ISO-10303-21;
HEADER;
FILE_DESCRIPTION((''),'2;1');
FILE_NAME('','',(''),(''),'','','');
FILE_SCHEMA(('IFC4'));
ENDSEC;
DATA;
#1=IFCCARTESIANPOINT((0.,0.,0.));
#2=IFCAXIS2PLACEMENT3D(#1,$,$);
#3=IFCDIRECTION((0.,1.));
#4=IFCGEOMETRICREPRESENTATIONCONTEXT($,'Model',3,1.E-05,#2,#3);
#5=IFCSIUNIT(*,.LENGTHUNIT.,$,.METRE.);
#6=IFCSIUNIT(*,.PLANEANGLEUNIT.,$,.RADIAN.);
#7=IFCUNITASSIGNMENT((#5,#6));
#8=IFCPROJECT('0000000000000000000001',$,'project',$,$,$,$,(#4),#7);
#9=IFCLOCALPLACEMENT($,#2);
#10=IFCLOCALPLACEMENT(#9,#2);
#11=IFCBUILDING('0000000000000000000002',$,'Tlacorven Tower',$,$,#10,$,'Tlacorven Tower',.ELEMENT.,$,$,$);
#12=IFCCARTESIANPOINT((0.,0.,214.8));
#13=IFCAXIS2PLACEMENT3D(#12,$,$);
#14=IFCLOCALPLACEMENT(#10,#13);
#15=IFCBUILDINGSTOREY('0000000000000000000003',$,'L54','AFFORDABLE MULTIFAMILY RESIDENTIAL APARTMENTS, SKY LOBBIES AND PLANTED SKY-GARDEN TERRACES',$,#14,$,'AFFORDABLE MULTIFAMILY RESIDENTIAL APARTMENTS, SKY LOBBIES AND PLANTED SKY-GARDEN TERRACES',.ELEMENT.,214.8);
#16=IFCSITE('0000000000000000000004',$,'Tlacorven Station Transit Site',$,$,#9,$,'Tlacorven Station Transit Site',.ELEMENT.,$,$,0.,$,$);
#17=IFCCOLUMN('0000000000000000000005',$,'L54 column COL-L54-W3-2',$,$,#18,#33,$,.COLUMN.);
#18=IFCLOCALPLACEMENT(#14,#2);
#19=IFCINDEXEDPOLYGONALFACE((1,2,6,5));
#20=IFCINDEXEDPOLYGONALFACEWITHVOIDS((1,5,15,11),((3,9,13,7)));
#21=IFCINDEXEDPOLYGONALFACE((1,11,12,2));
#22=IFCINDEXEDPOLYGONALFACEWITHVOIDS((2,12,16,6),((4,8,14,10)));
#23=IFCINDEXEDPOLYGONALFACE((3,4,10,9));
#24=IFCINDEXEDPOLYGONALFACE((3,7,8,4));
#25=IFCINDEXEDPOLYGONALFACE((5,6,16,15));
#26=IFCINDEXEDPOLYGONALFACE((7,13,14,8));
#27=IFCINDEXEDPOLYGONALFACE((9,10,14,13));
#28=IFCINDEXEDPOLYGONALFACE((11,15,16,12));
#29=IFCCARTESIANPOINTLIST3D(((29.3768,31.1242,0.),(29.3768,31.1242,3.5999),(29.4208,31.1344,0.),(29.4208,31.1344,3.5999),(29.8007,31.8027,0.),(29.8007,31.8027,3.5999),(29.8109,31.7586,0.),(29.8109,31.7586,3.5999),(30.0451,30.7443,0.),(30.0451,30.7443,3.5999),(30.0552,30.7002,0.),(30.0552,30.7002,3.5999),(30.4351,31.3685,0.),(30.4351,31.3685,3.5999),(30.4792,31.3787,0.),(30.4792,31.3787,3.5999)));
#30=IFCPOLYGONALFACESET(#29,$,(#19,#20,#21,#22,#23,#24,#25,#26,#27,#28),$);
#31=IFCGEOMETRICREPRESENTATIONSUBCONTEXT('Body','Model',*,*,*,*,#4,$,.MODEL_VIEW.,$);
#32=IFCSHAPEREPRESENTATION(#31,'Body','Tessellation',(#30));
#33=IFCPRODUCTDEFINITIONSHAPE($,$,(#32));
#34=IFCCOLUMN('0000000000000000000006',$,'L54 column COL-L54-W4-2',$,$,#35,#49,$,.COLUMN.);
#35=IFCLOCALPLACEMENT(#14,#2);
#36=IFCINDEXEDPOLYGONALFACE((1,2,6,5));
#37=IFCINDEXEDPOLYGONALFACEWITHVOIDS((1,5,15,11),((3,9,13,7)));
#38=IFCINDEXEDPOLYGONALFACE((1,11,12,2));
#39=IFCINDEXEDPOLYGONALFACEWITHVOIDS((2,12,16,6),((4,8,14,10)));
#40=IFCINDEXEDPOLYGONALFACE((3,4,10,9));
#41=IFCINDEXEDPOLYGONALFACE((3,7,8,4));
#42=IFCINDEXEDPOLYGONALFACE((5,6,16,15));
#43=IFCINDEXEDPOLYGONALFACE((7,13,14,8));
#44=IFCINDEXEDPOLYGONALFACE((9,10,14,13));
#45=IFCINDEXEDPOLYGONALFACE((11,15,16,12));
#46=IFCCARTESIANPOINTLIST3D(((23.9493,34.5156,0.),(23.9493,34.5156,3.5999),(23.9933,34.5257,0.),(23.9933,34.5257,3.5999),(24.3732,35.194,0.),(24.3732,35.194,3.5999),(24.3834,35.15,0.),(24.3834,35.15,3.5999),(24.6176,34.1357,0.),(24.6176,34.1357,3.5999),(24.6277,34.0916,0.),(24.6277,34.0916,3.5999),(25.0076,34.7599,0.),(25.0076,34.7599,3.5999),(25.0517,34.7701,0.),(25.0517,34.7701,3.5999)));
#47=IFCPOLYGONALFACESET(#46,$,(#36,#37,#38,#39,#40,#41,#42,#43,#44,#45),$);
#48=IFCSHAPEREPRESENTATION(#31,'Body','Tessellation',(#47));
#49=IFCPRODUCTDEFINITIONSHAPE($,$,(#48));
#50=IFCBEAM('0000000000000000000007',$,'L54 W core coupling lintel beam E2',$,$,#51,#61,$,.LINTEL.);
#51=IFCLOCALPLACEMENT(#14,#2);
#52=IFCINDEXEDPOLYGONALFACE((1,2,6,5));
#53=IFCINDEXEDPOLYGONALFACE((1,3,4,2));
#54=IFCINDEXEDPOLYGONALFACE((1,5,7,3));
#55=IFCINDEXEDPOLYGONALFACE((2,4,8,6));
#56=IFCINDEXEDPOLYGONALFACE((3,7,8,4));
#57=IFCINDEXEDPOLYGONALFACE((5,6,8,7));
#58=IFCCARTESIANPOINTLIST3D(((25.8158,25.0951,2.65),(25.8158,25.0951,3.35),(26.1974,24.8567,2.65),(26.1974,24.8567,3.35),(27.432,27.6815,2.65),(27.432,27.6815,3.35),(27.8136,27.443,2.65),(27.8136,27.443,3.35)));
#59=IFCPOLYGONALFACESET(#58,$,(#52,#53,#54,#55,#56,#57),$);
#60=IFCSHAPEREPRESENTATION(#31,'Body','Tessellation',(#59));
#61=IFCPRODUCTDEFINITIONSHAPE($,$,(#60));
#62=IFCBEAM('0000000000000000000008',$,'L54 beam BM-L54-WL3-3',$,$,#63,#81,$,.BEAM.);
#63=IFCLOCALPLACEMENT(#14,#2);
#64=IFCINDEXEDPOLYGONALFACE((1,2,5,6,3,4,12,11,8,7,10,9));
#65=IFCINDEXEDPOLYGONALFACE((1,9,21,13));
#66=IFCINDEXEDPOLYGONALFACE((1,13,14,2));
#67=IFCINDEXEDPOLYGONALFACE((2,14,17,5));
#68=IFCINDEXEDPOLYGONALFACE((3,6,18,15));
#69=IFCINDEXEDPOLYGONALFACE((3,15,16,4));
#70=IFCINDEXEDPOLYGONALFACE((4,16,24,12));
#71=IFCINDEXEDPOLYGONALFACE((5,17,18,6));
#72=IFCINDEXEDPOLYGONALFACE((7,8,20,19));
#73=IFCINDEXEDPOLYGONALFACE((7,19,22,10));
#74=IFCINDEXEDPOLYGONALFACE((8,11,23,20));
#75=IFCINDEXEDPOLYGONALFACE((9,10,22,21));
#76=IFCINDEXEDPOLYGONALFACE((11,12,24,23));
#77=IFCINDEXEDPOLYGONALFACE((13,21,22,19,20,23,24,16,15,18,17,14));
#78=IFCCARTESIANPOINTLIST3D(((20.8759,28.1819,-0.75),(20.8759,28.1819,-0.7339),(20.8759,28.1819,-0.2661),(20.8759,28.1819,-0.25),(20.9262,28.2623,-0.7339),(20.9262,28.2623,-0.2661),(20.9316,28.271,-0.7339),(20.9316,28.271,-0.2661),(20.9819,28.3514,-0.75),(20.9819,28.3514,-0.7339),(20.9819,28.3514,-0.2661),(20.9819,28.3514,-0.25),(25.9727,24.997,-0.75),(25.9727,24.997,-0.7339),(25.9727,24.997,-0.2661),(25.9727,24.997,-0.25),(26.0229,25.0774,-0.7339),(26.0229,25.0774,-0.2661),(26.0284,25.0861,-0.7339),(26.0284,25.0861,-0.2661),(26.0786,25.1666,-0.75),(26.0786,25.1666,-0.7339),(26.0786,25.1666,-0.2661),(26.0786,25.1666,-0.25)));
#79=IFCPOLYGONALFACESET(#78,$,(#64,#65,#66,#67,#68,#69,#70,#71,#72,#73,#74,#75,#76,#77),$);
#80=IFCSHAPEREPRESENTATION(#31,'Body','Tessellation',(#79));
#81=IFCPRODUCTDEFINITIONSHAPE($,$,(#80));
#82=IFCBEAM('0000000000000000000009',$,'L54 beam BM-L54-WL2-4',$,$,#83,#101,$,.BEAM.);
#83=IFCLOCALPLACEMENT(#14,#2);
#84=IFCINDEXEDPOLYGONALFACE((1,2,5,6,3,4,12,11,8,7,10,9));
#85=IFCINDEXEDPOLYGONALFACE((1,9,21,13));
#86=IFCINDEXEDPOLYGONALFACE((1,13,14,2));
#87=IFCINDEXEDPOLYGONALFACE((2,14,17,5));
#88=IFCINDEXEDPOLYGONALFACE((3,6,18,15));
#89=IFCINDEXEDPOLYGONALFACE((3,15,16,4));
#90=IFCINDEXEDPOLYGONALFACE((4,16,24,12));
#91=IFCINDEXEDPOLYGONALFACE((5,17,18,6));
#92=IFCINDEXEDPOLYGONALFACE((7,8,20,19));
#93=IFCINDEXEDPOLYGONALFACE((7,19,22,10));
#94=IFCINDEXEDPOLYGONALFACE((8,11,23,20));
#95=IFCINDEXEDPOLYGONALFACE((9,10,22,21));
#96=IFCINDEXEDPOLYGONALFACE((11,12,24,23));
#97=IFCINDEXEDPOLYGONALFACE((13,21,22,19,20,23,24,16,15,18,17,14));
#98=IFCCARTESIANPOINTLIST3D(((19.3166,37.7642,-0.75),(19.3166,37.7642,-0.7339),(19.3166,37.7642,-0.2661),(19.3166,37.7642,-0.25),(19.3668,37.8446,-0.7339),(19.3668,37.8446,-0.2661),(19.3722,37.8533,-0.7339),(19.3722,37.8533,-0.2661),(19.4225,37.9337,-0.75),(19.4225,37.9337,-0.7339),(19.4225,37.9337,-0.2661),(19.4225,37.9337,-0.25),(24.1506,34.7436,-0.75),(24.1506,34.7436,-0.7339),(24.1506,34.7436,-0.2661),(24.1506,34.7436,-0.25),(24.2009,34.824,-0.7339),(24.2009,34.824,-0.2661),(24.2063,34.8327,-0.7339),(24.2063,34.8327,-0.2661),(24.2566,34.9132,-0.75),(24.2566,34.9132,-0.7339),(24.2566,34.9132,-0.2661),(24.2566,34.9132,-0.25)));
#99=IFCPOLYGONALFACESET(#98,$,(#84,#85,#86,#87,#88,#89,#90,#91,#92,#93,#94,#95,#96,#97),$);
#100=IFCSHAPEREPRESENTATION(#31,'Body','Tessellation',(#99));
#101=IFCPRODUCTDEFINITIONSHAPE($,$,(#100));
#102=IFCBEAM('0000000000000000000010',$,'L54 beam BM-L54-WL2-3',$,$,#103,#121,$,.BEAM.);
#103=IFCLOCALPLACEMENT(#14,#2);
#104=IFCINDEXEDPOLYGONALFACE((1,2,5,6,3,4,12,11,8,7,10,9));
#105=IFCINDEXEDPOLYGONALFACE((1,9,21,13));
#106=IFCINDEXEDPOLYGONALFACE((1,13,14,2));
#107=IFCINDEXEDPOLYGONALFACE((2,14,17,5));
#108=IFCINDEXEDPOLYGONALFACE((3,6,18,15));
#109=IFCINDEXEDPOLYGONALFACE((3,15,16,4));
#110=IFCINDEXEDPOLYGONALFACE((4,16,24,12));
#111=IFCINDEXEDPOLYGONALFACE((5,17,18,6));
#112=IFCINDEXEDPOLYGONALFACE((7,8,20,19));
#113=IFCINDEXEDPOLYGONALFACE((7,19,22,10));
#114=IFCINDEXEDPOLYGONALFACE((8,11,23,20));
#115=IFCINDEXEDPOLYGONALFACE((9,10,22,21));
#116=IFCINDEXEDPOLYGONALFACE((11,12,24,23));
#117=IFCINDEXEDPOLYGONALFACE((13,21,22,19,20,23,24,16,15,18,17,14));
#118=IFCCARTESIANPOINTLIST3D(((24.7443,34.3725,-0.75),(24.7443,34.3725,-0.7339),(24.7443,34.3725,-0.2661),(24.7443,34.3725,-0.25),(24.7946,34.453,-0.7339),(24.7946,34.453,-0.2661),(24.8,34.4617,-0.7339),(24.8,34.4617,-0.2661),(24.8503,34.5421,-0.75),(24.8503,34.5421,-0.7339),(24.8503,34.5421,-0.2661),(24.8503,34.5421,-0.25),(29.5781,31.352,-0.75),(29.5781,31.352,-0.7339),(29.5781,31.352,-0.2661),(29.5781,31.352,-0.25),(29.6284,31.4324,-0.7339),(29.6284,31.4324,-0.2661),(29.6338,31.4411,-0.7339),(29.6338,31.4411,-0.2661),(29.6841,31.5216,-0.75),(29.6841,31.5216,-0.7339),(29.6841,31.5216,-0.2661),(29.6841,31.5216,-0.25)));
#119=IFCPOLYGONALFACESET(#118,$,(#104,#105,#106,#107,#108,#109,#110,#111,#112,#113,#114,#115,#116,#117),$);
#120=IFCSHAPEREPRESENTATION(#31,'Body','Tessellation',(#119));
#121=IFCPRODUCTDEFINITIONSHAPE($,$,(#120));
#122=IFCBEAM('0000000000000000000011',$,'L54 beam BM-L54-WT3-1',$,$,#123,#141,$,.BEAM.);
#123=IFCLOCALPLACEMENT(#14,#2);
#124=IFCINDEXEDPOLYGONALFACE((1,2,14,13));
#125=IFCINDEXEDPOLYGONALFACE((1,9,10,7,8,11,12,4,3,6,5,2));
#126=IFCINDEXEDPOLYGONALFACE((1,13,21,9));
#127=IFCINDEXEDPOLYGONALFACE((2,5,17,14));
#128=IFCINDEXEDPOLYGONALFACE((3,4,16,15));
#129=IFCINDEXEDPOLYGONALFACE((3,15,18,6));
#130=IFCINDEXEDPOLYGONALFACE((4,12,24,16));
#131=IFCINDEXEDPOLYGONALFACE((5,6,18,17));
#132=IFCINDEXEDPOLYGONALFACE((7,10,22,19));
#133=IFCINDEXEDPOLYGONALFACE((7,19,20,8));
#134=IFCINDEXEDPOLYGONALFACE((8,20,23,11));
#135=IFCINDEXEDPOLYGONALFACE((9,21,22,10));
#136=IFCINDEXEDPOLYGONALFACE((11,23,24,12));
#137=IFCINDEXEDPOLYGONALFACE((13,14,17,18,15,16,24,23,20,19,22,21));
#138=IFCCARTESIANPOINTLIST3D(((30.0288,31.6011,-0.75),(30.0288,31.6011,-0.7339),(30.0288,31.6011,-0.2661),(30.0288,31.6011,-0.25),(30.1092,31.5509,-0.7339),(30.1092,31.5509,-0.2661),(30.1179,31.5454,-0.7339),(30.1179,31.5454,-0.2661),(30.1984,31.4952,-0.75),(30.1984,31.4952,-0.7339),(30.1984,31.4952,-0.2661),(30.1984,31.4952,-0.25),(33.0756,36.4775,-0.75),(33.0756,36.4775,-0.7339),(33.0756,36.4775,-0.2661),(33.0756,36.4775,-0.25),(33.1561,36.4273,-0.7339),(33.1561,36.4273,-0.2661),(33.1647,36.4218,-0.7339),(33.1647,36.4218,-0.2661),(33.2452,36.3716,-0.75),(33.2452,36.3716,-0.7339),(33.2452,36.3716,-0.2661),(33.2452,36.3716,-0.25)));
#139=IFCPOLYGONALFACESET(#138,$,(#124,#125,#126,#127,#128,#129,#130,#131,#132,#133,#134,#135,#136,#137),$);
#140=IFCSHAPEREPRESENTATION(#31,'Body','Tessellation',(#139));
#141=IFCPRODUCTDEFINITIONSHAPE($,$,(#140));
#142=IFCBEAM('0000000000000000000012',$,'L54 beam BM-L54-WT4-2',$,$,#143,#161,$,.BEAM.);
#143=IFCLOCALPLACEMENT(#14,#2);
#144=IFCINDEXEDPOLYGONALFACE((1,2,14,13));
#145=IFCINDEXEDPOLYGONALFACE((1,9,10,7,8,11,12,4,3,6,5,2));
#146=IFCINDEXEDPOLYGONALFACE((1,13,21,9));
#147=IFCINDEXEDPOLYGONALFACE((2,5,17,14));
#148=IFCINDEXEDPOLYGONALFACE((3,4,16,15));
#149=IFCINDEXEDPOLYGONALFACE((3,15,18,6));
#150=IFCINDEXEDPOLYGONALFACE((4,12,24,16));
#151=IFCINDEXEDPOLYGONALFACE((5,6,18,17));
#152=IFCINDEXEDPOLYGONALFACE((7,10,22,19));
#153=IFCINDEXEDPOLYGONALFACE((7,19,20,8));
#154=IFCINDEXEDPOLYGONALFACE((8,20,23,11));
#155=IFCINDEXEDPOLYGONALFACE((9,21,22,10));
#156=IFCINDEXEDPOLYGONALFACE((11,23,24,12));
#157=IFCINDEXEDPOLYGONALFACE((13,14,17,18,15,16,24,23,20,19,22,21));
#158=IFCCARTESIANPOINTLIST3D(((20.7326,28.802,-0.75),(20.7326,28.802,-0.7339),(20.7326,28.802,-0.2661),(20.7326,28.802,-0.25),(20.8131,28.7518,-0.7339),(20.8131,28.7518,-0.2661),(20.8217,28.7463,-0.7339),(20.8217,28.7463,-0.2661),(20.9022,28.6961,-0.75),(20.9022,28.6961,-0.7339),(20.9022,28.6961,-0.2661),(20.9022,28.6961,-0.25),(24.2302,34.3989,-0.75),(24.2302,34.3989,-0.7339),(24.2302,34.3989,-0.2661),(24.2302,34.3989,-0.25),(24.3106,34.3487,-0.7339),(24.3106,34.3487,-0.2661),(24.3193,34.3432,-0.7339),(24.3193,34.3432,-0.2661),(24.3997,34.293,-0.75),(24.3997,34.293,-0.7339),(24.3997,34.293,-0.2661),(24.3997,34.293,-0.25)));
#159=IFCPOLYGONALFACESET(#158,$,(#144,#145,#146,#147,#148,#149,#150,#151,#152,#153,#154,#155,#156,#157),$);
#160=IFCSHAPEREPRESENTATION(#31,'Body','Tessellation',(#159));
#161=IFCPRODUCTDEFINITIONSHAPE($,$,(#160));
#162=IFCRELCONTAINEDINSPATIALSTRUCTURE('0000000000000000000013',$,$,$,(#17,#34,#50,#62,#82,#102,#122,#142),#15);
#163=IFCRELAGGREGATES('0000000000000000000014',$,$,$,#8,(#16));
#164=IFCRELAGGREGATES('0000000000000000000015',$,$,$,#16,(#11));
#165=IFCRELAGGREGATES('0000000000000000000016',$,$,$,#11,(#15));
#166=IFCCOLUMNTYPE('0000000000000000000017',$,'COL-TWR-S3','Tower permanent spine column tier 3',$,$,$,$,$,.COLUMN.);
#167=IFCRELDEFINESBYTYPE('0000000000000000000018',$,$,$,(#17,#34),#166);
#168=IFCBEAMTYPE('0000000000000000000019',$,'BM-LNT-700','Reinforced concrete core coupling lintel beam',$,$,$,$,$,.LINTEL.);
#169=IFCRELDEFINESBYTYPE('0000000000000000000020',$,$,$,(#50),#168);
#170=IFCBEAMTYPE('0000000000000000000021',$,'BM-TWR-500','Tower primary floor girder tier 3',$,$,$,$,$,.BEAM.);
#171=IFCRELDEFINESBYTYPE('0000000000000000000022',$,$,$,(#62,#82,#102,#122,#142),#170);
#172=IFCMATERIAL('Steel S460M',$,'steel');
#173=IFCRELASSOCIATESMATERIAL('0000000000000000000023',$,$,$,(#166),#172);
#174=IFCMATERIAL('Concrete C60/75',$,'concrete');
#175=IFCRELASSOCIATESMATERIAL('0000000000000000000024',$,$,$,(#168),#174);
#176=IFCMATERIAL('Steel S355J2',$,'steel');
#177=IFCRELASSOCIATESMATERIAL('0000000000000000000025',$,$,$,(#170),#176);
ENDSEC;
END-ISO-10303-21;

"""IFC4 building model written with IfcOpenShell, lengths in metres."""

from ifc_helpers import new_model, si_unit, direction, frame, origin, origin_2d, place, context, subcontext, project, spatial, rectangle, hollow_rectangle, i_section, extrude, source, transform, mapped, material, material_profile, profile_set, type_object, element, save


model = new_model("IFC4")

# Units and contexts
model_context = context("Model", 3, precision=1e-05, world=origin(), true_north=direction((0.0, 1.0)))
body_context = subcontext(model_context, "Body", "Model", "MODEL_VIEW")
ifc_project = project(units=[si_unit("LENGTHUNIT", "METRE"), si_unit("PLANEANGLEUNIT", "RADIAN")], contexts=[model_context])

# Site, building, storey
site_placement = place(None, origin())
site = spatial("IfcSite", under=ifc_project, at=site_placement, Name="Tlacorven Station Transit Site", LongName="Tlacorven Station Transit Site", CompositionType="ELEMENT", RefElevation=0.0)
building_placement = place(site_placement, origin())
building = spatial("IfcBuilding", under=site, at=building_placement, Name="Tlacorven Tower", LongName="Tlacorven Tower", CompositionType="ELEMENT")
storey_placement = place(building_placement, frame((0.0, 0.0, 214.8)))
storey = spatial("IfcBuildingStorey", under=building, at=storey_placement, Name="L54", Description="AFFORDABLE MULTIFAMILY RESIDENTIAL APARTMENTS, SKY LOBBIES AND PLANTED SKY-GARDEN TERRACES", LongName="AFFORDABLE MULTIFAMILY RESIDENTIAL APARTMENTS, SKY LOBBIES AND PLANTED SKY-GARDEN TERRACES", CompositionType="ELEMENT", Elevation=214.8)

# Columns
ifc_material_1 = material(Name="Steel S460M", Category="steel")
ifc_material_profile_1 = material_profile(ifc_material_1, hollow_rectangle(XDim=0.8, YDim=0.8, WallThickness=0.032, at=origin_2d()), Name="BOX 800X800X32")
ifc_profile_set_1 = profile_set([ifc_material_profile_1], Name="Steel S460M")
column_type = type_object("IfcColumnType", Name="COL-TWR-S3", Description="Tower permanent spine column tier 3", PredefinedType="COLUMN", material=ifc_profile_set_1)
shared_shape_1 = source(origin(), body_context, "Body", "SweptSolid", [
    extrude(hollow_rectangle(XDim=0.8, YDim=0.8, WallThickness=0.032, at=origin_2d()), origin(), (0.0, 0.0, 1.0), 3.5999),
])
for number, where, z_axis, x_axis, name in (
    (1, (29.928, 31.2515, 0.0), (0.0, 0.0, 1.0), (-0.848048, 0.529919, 0.0), "L54 column COL-L54-W3-2"),
    (2, (24.5005, 34.6428, 0.0), (0.0, 0.0, 1.0), (-0.848048, 0.529919, 0.0), "L54 column COL-L54-W4-2"),
):
    element("IfcColumn", number, at=place(storey_placement, frame(where, z_axis=z_axis, x_axis=x_axis)), inside=storey, type_object=column_type, Name=name, PredefinedType="COLUMN", context=body_context, shape_type="MappedRepresentation", body=[
        mapped(shared_shape_1, transform((0.0, 0.0, 0.0), scale=1.0)),
    ])

# Beams
ifc_material_2 = material(Name="Concrete C60/75", Category="concrete")
ifc_material_profile_2 = material_profile(ifc_material_2, rectangle(XDim=0.45, YDim=0.7, at=origin_2d()), Name="RC 450X700")
ifc_profile_set_2 = profile_set([ifc_material_profile_2], Name="Concrete C60/75")
beam_type_1 = type_object("IfcBeamType", Name="BM-LNT-700", Description="Reinforced concrete core coupling lintel beam", PredefinedType="LINTEL", material=ifc_profile_set_2)
shared_shape_2 = source(origin(), body_context, "Body", "SweptSolid", [
    extrude(rectangle(XDim=0.45, YDim=0.7, at=origin_2d()), origin(), (0.0, 0.0, 1.0), 3.0498),
])
beam_1_placement = place(storey_placement, frame((27.6228, 27.5623, 3.0), z_axis=(-0.529927, -0.848043, 0.0), x_axis=(0.848043, -0.529927, 0.0)))
element("IfcBeam", 3, at=beam_1_placement, inside=storey, type_object=beam_type_1, Name="L54 W core coupling lintel beam E2", PredefinedType="LINTEL", context=body_context, shape_type="MappedRepresentation", body=[
    mapped(shared_shape_2, transform((0.0, 0.0, 0.0), scale=1.0)),
])
ifc_material_3 = material(Name="Steel S355J2", Category="steel")
ifc_material_profile_3 = material_profile(ifc_material_3, i_section(OverallWidth=0.2, OverallDepth=0.5, WebThickness=0.0103, FlangeThickness=0.0161, at=origin_2d()), Name="IPE 500")
ifc_profile_set_3 = profile_set([ifc_material_profile_3], Name="Steel S355J2")
beam_type_2 = type_object("IfcBeamType", Name="BM-TWR-500", Description="Tower primary floor girder tier 3", PredefinedType="BEAM", material=ifc_profile_set_3)
shared_shape_3 = source(origin(), body_context, "Body", "SweptSolid", [
    extrude(i_section(OverallWidth=0.2, OverallDepth=0.5, WebThickness=0.0103, FlangeThickness=0.0161, at=origin_2d()), origin(), (0.0, 0.0, 1.0), 6.01),
])
beam_2_placement = place(storey_placement, frame((26.0256, 25.0818, -0.5), z_axis=(-0.848044, 0.529926, 0.0), x_axis=(-0.529926, -0.848044, 0.0)))
element("IfcBeam", 4, at=beam_2_placement, inside=storey, type_object=beam_type_2, Name="L54 beam BM-L54-WL3-3", PredefinedType="BEAM", context=body_context, shape_type="MappedRepresentation", body=[
    mapped(shared_shape_3, transform((0.0, 0.0, 0.0), scale=1.0)),
])
shared_shape_4 = source(origin(), body_context, "Body", "SweptSolid", [
    extrude(i_section(OverallWidth=0.2, OverallDepth=0.5, WebThickness=0.0103, FlangeThickness=0.0161, at=origin_2d()), origin(), (0.0, 0.0, 1.0), 5.7002),
])
beam_3_placement = place(storey_placement, frame((24.2036, 34.8284, -0.5), z_axis=(-0.848056, 0.529907, 0.0), x_axis=(-0.529907, -0.848056, 0.0)))
element("IfcBeam", 5, at=beam_3_placement, inside=storey, type_object=beam_type_2, Name="L54 beam BM-L54-WL2-4", PredefinedType="BEAM", context=body_context, shape_type="MappedRepresentation", body=[
    mapped(shared_shape_4, transform((0.0, 0.0, 0.0), scale=1.0)),
])
shared_shape_5 = source(origin(), body_context, "Body", "SweptSolid", [
    extrude(i_section(OverallWidth=0.2, OverallDepth=0.5, WebThickness=0.0103, FlangeThickness=0.0161, at=origin_2d()), origin(), (0.0, 0.0, 1.0), 5.7),
])
beam_4_placement = place(storey_placement, frame((29.6311, 31.4368, -0.5), z_axis=(-0.848044, 0.529926, 0.0), x_axis=(-0.529926, -0.848044, 0.0)))
element("IfcBeam", 6, at=beam_4_placement, inside=storey, type_object=beam_type_2, Name="L54 beam BM-L54-WL2-3", PredefinedType="BEAM", context=body_context, shape_type="MappedRepresentation", body=[
    mapped(shared_shape_5, transform((0.0, 0.0, 0.0), scale=1.0)),
])
shared_shape_6 = source(origin(), body_context, "Body", "SweptSolid", [
    extrude(i_section(OverallWidth=0.2, OverallDepth=0.5, WebThickness=0.0103, FlangeThickness=0.0161, at=origin_2d()), origin(), (0.0, 0.0, 1.0), 5.75),
])
beam_5_placement = place(storey_placement, frame((33.1604, 36.4246, -0.5), z_axis=(-0.529884, -0.84807, 0.0), x_axis=(0.84807, -0.529884, 0.0)))
element("IfcBeam", 7, at=beam_5_placement, inside=storey, type_object=beam_type_2, Name="L54 beam BM-L54-WT3-1", PredefinedType="BEAM", context=body_context, shape_type="MappedRepresentation", body=[
    mapped(shared_shape_6, transform((0.0, 0.0, 0.0), scale=1.0)),
])
shared_shape_7 = source(origin(), body_context, "Body", "SweptSolid", [
    extrude(i_section(OverallWidth=0.2, OverallDepth=0.5, WebThickness=0.0103, FlangeThickness=0.0161, at=origin_2d()), origin(), (0.0, 0.0, 1.0), 6.5999),
])
beam_6_placement = place(storey_placement, frame((24.3149, 34.3459, -0.5), z_axis=(-0.529942, -0.848034, 0.0), x_axis=(0.848034, -0.529942, 0.0)))
element("IfcBeam", 8, at=beam_6_placement, inside=storey, type_object=beam_type_2, Name="L54 beam BM-L54-WT4-2", PredefinedType="BEAM", context=body_context, shape_type="MappedRepresentation", body=[
    mapped(shared_shape_7, transform((0.0, 0.0, 0.0), scale=1.0)),
])

save(model, "model.ifc")
